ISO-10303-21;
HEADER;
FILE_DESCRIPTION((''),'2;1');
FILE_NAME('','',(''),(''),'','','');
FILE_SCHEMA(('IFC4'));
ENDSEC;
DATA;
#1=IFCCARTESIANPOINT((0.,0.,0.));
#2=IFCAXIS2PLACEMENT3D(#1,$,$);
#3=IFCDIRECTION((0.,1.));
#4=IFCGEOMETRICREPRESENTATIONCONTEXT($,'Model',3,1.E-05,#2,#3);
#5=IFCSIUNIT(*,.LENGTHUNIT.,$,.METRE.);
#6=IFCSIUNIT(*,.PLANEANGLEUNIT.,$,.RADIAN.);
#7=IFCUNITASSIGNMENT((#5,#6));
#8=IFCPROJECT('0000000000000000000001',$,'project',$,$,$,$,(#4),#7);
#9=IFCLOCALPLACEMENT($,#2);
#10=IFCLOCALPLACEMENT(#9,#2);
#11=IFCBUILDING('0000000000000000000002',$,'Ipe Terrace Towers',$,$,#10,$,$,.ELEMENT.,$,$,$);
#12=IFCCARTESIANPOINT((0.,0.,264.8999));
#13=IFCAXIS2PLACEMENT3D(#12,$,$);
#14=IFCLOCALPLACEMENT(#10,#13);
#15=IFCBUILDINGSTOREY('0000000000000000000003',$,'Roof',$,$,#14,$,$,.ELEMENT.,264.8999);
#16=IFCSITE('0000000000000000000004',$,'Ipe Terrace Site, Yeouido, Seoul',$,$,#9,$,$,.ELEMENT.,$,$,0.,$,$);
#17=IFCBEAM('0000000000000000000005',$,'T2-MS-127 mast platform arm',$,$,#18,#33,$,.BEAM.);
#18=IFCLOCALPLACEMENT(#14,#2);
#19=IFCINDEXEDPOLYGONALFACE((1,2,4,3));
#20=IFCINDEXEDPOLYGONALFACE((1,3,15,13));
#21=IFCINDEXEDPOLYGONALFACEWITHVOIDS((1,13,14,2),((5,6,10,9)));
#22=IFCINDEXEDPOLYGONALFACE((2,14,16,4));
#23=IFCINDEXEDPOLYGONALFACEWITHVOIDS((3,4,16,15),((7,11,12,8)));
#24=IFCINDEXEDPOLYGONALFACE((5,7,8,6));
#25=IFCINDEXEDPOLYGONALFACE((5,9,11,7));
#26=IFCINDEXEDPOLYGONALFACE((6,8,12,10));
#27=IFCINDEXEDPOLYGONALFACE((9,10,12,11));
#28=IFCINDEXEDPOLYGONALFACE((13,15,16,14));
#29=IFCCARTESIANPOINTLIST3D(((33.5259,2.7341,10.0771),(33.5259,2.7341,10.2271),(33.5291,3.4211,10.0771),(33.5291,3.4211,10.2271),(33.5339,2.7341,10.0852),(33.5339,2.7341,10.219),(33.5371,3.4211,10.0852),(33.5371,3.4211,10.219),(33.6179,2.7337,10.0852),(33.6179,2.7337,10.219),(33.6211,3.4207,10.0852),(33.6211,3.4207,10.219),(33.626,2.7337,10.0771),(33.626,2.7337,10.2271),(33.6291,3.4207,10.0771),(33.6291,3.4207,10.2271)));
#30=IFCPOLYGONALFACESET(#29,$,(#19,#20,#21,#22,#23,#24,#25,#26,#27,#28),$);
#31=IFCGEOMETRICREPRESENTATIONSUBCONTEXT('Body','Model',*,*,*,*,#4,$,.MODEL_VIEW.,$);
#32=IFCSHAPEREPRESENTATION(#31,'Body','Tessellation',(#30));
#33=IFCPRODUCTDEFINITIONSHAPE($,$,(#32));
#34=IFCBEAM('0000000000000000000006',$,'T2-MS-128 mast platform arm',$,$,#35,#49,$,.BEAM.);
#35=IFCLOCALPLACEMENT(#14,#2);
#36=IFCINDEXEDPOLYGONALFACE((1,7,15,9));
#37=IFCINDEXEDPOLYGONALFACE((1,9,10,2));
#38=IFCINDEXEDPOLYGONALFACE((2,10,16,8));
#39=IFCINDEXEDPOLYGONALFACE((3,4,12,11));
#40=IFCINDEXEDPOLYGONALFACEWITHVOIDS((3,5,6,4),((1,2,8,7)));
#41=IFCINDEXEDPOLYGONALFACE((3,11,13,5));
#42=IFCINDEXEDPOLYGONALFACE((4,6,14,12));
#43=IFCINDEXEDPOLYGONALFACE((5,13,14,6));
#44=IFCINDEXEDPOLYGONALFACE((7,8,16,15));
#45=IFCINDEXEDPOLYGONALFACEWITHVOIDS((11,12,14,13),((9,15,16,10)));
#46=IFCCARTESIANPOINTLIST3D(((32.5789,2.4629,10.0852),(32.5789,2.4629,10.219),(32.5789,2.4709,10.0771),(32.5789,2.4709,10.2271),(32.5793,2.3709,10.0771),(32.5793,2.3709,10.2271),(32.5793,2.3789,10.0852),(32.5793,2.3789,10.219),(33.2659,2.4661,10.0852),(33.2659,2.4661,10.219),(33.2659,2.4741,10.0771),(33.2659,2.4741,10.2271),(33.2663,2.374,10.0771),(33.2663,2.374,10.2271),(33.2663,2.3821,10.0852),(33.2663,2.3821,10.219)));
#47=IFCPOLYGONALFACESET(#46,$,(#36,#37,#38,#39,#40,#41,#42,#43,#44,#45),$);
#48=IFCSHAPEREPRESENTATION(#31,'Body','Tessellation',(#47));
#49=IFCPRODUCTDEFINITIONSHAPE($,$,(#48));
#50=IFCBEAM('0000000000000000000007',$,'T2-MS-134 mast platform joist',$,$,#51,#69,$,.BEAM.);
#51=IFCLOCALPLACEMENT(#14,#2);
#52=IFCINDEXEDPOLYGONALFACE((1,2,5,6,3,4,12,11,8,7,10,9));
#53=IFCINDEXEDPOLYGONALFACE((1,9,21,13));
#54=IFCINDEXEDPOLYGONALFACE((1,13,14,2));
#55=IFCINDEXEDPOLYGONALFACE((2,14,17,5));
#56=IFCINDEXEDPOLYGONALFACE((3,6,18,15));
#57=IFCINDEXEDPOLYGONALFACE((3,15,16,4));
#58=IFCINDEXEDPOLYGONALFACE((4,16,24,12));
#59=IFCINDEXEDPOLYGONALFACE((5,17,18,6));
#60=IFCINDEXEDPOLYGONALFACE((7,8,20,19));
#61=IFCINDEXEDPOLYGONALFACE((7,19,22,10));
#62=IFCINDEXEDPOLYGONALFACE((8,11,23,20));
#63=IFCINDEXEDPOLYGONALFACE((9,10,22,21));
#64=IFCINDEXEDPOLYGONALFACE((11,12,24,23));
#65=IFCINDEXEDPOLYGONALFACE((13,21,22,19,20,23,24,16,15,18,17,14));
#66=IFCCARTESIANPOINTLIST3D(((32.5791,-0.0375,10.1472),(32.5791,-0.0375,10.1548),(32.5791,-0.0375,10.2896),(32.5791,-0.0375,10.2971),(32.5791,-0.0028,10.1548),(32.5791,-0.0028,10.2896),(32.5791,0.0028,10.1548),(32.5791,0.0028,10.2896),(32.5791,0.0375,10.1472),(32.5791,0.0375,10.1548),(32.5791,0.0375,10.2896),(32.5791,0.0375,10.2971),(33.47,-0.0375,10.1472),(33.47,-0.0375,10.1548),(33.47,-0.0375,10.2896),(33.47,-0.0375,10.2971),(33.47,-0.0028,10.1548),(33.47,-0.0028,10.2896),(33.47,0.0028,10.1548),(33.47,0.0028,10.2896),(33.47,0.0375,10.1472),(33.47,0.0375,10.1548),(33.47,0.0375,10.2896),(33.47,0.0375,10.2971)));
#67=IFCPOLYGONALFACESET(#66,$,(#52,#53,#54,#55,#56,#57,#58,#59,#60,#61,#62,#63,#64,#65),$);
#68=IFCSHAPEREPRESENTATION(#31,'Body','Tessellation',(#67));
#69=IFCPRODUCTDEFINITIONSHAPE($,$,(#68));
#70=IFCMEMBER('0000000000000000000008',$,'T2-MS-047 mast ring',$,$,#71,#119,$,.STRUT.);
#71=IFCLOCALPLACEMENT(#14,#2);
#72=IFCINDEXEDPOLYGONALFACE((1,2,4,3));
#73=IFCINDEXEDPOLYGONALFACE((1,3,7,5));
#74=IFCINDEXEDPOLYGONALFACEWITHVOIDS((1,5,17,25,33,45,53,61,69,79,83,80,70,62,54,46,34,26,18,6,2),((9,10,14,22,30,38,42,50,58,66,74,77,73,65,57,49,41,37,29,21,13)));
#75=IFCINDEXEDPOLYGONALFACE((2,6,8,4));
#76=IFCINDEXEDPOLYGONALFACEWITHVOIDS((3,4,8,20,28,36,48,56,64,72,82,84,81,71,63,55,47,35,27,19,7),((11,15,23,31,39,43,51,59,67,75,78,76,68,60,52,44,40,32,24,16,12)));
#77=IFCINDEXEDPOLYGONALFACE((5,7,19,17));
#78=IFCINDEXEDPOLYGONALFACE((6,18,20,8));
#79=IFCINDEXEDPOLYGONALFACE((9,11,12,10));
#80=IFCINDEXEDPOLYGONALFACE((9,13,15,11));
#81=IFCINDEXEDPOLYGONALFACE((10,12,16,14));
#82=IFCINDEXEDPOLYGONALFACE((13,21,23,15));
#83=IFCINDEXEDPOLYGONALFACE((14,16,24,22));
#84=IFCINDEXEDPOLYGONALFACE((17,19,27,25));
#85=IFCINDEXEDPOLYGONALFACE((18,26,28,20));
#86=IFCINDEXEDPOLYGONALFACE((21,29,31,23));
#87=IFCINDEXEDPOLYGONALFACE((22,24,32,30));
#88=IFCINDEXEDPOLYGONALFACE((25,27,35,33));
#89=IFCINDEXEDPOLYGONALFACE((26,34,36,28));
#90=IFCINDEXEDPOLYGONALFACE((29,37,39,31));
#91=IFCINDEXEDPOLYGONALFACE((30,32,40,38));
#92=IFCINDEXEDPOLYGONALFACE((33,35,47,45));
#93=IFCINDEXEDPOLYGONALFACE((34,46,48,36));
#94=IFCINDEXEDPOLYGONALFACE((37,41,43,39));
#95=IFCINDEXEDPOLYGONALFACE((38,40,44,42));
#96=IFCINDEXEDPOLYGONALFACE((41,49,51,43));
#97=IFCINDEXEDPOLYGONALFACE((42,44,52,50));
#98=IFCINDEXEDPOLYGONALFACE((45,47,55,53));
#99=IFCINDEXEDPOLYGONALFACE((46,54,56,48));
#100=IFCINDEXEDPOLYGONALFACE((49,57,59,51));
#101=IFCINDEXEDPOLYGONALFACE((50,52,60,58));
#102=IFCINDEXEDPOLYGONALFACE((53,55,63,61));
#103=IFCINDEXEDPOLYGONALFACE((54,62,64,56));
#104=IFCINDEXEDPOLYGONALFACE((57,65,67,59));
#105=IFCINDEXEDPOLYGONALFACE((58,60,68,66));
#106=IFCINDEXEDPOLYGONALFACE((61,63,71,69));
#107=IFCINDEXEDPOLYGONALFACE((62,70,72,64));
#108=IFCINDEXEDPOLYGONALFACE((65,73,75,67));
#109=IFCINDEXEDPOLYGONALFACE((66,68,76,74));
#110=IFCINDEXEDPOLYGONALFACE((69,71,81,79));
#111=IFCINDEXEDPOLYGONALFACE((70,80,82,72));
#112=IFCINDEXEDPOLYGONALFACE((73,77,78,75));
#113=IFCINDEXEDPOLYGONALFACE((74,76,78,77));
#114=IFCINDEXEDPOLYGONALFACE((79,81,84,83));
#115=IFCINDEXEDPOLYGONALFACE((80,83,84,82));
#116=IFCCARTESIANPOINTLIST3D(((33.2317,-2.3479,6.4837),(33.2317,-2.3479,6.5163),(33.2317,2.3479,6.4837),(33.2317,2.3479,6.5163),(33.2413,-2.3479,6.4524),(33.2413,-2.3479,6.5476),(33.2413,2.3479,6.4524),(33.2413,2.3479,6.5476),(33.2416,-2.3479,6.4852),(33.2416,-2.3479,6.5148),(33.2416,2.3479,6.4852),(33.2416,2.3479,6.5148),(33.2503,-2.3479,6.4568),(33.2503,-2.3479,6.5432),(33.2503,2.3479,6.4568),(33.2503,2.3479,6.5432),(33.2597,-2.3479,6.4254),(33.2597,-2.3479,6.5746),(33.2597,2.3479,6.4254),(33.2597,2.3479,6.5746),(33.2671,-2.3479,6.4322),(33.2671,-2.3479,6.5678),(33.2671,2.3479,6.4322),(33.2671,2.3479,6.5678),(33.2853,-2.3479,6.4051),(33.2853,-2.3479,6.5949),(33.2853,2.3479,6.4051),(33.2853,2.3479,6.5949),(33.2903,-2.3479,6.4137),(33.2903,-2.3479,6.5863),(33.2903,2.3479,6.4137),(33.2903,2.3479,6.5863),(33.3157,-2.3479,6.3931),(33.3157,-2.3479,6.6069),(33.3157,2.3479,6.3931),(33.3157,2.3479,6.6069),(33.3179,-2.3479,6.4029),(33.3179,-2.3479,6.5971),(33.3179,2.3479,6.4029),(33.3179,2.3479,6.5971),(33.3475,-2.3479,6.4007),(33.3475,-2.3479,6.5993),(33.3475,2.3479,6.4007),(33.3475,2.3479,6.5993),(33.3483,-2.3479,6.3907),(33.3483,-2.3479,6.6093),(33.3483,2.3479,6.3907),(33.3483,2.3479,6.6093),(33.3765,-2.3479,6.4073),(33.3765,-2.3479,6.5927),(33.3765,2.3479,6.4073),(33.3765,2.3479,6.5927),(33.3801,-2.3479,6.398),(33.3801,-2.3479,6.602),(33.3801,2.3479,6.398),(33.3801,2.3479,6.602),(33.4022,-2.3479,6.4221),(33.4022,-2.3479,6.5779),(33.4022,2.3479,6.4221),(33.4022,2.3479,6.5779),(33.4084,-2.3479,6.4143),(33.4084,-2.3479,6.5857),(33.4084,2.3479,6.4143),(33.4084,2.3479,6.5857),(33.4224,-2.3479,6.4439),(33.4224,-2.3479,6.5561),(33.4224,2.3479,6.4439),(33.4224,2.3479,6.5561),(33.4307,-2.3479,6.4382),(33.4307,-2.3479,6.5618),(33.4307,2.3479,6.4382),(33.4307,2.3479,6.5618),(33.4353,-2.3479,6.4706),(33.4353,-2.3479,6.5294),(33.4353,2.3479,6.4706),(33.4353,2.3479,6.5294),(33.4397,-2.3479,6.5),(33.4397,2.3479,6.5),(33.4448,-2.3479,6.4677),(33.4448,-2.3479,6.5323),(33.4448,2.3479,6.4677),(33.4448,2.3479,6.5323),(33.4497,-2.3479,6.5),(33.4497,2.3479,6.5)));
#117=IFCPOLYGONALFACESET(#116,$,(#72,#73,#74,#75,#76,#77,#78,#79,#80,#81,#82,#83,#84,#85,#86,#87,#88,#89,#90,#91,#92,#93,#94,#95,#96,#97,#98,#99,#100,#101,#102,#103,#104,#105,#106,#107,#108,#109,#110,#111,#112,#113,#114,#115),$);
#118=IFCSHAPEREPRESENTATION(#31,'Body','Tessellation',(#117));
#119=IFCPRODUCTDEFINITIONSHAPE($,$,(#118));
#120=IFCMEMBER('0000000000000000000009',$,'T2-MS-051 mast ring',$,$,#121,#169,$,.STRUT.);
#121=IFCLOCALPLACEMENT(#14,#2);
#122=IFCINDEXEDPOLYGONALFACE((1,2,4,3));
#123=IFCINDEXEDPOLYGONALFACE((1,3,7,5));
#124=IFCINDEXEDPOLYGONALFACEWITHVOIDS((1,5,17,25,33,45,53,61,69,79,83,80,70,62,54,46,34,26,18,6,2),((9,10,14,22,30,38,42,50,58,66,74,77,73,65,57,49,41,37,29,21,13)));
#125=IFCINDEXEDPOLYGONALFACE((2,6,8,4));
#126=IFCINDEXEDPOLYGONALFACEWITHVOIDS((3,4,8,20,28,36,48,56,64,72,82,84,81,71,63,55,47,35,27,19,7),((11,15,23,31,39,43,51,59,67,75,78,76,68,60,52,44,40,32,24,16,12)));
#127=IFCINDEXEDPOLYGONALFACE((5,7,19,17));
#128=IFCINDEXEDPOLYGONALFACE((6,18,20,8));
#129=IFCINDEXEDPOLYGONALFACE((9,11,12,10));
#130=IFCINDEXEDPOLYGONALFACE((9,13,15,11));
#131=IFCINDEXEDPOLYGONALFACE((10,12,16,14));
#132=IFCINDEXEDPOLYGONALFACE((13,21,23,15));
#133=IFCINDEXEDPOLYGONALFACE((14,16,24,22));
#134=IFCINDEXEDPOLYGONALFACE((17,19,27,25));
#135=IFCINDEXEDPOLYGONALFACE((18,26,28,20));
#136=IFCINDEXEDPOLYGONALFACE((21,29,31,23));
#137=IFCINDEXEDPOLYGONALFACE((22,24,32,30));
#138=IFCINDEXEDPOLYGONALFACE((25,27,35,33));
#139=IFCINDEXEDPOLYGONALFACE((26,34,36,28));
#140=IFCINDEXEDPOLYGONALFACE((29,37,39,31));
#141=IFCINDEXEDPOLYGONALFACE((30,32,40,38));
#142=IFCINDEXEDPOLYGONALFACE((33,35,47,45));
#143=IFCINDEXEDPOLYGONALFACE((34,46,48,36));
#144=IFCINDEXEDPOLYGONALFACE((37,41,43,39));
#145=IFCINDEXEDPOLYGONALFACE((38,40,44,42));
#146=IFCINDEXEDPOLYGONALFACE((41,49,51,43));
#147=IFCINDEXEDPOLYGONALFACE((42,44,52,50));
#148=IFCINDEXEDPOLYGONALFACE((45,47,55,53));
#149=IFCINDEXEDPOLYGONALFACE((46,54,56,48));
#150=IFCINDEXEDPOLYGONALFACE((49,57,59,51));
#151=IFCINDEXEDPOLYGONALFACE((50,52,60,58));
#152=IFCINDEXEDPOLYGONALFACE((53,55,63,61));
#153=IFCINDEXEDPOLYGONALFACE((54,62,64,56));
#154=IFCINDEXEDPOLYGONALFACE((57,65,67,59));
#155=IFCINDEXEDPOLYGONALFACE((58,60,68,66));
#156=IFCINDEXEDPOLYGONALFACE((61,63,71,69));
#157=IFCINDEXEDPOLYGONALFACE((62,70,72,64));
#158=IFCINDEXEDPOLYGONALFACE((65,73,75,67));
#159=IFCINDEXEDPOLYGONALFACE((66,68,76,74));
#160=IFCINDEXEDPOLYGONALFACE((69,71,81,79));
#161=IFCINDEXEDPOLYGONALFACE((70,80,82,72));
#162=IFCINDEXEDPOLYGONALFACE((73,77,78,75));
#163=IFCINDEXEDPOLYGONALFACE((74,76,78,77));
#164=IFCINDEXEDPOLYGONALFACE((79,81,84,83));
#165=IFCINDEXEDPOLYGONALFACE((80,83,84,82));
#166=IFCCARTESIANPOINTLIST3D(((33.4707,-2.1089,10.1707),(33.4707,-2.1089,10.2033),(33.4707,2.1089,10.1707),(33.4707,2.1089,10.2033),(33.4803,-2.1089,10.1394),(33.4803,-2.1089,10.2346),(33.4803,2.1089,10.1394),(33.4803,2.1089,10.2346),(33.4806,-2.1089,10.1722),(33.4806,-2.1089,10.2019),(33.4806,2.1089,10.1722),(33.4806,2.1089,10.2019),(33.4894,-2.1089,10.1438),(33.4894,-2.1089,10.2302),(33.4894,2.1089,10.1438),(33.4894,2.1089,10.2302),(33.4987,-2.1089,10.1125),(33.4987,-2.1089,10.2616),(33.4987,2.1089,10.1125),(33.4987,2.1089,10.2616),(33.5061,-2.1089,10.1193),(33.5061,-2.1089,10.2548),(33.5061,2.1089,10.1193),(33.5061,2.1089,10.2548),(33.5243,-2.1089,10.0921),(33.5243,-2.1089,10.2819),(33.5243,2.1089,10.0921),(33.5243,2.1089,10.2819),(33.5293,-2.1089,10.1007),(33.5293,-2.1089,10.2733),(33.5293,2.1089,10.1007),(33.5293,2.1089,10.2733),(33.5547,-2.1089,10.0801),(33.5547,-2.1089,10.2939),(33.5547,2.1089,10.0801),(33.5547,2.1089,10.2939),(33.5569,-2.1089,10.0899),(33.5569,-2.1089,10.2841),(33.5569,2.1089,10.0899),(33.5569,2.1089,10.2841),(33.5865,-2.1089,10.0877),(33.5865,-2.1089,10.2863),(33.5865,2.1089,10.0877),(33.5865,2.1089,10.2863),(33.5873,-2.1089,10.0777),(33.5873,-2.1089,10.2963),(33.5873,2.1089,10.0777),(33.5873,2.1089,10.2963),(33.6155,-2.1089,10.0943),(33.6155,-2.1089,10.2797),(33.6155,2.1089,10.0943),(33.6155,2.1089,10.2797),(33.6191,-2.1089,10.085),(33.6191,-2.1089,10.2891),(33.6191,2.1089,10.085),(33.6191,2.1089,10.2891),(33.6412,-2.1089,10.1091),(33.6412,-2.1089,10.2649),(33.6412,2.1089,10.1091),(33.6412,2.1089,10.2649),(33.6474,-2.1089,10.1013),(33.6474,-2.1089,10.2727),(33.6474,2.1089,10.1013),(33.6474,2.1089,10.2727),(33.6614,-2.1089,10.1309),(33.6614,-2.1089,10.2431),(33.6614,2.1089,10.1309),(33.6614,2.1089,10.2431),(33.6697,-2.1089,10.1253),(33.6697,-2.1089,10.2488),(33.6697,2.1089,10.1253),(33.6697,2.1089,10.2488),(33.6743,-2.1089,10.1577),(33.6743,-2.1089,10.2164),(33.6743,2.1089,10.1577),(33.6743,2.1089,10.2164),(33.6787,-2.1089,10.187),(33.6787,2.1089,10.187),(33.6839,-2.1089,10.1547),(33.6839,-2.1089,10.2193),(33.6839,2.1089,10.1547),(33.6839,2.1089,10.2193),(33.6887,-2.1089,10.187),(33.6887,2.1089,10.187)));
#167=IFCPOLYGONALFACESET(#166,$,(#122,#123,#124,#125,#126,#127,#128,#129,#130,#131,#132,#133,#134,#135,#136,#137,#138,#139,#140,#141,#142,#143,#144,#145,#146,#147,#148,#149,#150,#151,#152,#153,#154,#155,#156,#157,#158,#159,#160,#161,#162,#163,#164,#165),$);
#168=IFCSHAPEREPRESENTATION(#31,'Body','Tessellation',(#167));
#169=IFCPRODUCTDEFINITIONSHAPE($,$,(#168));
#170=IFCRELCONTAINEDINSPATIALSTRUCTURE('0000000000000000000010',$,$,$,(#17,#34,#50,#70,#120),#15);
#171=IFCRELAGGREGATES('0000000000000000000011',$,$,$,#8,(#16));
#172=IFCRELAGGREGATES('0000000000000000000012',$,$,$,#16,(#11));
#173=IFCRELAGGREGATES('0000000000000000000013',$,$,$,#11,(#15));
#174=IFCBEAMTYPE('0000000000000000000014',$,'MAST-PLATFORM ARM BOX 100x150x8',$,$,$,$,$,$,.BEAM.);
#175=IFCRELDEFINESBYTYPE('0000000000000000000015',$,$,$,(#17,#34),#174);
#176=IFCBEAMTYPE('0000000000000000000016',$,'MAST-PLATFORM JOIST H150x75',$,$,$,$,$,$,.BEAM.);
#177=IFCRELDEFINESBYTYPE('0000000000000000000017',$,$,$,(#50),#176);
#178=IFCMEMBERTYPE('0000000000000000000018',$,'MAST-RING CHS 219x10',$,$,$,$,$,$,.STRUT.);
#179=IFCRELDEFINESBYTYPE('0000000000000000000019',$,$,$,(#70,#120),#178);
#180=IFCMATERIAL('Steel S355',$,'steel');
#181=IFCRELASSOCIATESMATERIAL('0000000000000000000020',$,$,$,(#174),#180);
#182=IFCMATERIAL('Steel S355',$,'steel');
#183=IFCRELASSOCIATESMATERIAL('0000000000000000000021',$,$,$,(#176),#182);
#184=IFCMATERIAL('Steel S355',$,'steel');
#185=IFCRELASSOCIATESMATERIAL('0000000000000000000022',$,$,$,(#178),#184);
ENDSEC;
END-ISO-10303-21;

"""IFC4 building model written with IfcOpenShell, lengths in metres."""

from ifc_helpers import new_model, si_unit, direction, frame, origin, origin_2d, place, context, subcontext, project, spatial, hollow_rectangle, hollow_circle, i_section, extrude, material, material_profile, profile_set, type_object, element, save


model = new_model("IFC4")

# Units and contexts
model_context = context("Model", 3, precision=1e-05, world=origin(), true_north=direction((0.0, 1.0)))
body_context = subcontext(model_context, "Body", "Model", "MODEL_VIEW")
ifc_project = project(units=[si_unit("LENGTHUNIT", "METRE"), si_unit("PLANEANGLEUNIT", "RADIAN")], contexts=[model_context])

# Site, building, storey
site_placement = place(None, origin())
site = spatial("IfcSite", under=ifc_project, at=site_placement, Name="Ipe Terrace Site, Yeouido, Seoul", CompositionType="ELEMENT", RefElevation=0.0)
building_placement = place(site_placement, origin())
building = spatial("IfcBuilding", under=site, at=building_placement, Name="Ipe Terrace Towers", CompositionType="ELEMENT")
storey_placement = place(building_placement, frame((0.0, 0.0, 264.8999)))
storey = spatial("IfcBuildingStorey", under=building, at=storey_placement, Name="Roof", CompositionType="ELEMENT", Elevation=264.8999)

# Beams
ifc_material_1 = material(Name="Steel S355", Category="steel")
ifc_material_profile_1 = material_profile(ifc_material_1, hollow_rectangle(XDim=0.1001, YDim=0.1499, WallThickness=0.0081, at=origin_2d()), Name="MAST-PLATFORM ARM BOX 100x150x8")
ifc_profile_set_1 = profile_set([ifc_material_profile_1], Name="Steel S355")
beam_type_1 = type_object("IfcBeamType", Name="MAST-PLATFORM ARM BOX 100x150x8", PredefinedType="BEAM", material=ifc_profile_set_1)
for number, where, z_axis, x_axis, name in (
    (1, (33.5759, 2.7339, 10.1521), (0.00462, 0.999989, 0.0), (-0.999989, 0.00462, 0.0), "T2-MS-127 mast platform arm"),
    (2, (33.2661, 2.4241, 10.1521), (-0.999989, -0.00462, 0.0), (0.00462, -0.999989, 0.0), "T2-MS-128 mast platform arm"),
):
    element("IfcBeam", number, at=place(storey_placement, frame(where, z_axis=z_axis, x_axis=x_axis)), inside=storey, type_object=beam_type_1, Name=name, PredefinedType="BEAM", context=body_context, shape_type="SweptSolid", body=[
        extrude(hollow_rectangle(XDim=0.1001, YDim=0.1499, WallThickness=0.0081, at=origin_2d()), origin(), (0.0, 0.0, 1.0), 0.687),
    ])
ifc_material_2 = material(Name="Steel S355", Category="steel")
ifc_material_profile_2 = material_profile(ifc_material_2, i_section(OverallWidth=0.075, OverallDepth=0.1499, WebThickness=0.0056, FlangeThickness=0.0076, at=origin_2d()), Name="H150x75")
ifc_profile_set_2 = profile_set([ifc_material_profile_2], Name="Steel S355")
beam_type_2 = type_object("IfcBeamType", Name="MAST-PLATFORM JOIST H150x75", PredefinedType="BEAM", material=ifc_profile_set_2)
beam_placement = place(storey_placement, frame((33.47, 0.0, 10.2222), z_axis=(-1.0, 0.0, 0.0), x_axis=(0.0, -1.0, 0.0)))
element("IfcBeam", 3, at=beam_placement, inside=storey, type_object=beam_type_2, Name="T2-MS-134 mast platform joist", PredefinedType="BEAM", context=body_context, shape_type="SweptSolid", body=[
    extrude(i_section(OverallWidth=0.075, OverallDepth=0.1499, WebThickness=0.0056, FlangeThickness=0.0076, at=origin_2d()), origin(), (0.0, 0.0, 1.0), 0.8909),
])

# Members
ifc_material_3 = material(Name="Steel S355", Category="steel")
ifc_material_profile_3 = material_profile(ifc_material_3, hollow_circle(Radius=0.1096, WallThickness=0.01, at=origin_2d()), Name="MAST-RING CHS 219x10")
ifc_profile_set_3 = profile_set([ifc_material_profile_3], Name="Steel S355")
member_type_1 = type_object("IfcMemberType", Name="MAST-RING CHS 219x10", PredefinedType="STRUT", material=ifc_profile_set_3)
member_1_placement = place(storey_placement, frame((33.3401, 2.3479, 6.5), z_axis=(0.0, -1.0, 0.0), x_axis=(1.0, 0.0, 0.0)))
element("IfcMember", 4, at=member_1_placement, inside=storey, type_object=member_type_1, Name="T2-MS-047 mast ring", PredefinedType="STRUT", context=body_context, shape_type="SweptSolid", body=[
    extrude(hollow_circle(Radius=0.1096, WallThickness=0.01, at=origin_2d()), origin(), (0.0, 0.0, 1.0), 4.6958),
])
member_2_placement = place(storey_placement, frame((33.5791, 2.1089, 10.187), z_axis=(0.0, -1.0, 0.0), x_axis=(1.0, 0.0, 0.0)))
element("IfcMember", 5, at=member_2_placement, inside=storey, type_object=member_type_1, Name="T2-MS-051 mast ring", PredefinedType="STRUT", context=body_context, shape_type="SweptSolid", body=[
    extrude(hollow_circle(Radius=0.1096, WallThickness=0.01, at=origin_2d()), origin(), (0.0, 0.0, 1.0), 4.2178),
])

save(model, "model.ifc")
